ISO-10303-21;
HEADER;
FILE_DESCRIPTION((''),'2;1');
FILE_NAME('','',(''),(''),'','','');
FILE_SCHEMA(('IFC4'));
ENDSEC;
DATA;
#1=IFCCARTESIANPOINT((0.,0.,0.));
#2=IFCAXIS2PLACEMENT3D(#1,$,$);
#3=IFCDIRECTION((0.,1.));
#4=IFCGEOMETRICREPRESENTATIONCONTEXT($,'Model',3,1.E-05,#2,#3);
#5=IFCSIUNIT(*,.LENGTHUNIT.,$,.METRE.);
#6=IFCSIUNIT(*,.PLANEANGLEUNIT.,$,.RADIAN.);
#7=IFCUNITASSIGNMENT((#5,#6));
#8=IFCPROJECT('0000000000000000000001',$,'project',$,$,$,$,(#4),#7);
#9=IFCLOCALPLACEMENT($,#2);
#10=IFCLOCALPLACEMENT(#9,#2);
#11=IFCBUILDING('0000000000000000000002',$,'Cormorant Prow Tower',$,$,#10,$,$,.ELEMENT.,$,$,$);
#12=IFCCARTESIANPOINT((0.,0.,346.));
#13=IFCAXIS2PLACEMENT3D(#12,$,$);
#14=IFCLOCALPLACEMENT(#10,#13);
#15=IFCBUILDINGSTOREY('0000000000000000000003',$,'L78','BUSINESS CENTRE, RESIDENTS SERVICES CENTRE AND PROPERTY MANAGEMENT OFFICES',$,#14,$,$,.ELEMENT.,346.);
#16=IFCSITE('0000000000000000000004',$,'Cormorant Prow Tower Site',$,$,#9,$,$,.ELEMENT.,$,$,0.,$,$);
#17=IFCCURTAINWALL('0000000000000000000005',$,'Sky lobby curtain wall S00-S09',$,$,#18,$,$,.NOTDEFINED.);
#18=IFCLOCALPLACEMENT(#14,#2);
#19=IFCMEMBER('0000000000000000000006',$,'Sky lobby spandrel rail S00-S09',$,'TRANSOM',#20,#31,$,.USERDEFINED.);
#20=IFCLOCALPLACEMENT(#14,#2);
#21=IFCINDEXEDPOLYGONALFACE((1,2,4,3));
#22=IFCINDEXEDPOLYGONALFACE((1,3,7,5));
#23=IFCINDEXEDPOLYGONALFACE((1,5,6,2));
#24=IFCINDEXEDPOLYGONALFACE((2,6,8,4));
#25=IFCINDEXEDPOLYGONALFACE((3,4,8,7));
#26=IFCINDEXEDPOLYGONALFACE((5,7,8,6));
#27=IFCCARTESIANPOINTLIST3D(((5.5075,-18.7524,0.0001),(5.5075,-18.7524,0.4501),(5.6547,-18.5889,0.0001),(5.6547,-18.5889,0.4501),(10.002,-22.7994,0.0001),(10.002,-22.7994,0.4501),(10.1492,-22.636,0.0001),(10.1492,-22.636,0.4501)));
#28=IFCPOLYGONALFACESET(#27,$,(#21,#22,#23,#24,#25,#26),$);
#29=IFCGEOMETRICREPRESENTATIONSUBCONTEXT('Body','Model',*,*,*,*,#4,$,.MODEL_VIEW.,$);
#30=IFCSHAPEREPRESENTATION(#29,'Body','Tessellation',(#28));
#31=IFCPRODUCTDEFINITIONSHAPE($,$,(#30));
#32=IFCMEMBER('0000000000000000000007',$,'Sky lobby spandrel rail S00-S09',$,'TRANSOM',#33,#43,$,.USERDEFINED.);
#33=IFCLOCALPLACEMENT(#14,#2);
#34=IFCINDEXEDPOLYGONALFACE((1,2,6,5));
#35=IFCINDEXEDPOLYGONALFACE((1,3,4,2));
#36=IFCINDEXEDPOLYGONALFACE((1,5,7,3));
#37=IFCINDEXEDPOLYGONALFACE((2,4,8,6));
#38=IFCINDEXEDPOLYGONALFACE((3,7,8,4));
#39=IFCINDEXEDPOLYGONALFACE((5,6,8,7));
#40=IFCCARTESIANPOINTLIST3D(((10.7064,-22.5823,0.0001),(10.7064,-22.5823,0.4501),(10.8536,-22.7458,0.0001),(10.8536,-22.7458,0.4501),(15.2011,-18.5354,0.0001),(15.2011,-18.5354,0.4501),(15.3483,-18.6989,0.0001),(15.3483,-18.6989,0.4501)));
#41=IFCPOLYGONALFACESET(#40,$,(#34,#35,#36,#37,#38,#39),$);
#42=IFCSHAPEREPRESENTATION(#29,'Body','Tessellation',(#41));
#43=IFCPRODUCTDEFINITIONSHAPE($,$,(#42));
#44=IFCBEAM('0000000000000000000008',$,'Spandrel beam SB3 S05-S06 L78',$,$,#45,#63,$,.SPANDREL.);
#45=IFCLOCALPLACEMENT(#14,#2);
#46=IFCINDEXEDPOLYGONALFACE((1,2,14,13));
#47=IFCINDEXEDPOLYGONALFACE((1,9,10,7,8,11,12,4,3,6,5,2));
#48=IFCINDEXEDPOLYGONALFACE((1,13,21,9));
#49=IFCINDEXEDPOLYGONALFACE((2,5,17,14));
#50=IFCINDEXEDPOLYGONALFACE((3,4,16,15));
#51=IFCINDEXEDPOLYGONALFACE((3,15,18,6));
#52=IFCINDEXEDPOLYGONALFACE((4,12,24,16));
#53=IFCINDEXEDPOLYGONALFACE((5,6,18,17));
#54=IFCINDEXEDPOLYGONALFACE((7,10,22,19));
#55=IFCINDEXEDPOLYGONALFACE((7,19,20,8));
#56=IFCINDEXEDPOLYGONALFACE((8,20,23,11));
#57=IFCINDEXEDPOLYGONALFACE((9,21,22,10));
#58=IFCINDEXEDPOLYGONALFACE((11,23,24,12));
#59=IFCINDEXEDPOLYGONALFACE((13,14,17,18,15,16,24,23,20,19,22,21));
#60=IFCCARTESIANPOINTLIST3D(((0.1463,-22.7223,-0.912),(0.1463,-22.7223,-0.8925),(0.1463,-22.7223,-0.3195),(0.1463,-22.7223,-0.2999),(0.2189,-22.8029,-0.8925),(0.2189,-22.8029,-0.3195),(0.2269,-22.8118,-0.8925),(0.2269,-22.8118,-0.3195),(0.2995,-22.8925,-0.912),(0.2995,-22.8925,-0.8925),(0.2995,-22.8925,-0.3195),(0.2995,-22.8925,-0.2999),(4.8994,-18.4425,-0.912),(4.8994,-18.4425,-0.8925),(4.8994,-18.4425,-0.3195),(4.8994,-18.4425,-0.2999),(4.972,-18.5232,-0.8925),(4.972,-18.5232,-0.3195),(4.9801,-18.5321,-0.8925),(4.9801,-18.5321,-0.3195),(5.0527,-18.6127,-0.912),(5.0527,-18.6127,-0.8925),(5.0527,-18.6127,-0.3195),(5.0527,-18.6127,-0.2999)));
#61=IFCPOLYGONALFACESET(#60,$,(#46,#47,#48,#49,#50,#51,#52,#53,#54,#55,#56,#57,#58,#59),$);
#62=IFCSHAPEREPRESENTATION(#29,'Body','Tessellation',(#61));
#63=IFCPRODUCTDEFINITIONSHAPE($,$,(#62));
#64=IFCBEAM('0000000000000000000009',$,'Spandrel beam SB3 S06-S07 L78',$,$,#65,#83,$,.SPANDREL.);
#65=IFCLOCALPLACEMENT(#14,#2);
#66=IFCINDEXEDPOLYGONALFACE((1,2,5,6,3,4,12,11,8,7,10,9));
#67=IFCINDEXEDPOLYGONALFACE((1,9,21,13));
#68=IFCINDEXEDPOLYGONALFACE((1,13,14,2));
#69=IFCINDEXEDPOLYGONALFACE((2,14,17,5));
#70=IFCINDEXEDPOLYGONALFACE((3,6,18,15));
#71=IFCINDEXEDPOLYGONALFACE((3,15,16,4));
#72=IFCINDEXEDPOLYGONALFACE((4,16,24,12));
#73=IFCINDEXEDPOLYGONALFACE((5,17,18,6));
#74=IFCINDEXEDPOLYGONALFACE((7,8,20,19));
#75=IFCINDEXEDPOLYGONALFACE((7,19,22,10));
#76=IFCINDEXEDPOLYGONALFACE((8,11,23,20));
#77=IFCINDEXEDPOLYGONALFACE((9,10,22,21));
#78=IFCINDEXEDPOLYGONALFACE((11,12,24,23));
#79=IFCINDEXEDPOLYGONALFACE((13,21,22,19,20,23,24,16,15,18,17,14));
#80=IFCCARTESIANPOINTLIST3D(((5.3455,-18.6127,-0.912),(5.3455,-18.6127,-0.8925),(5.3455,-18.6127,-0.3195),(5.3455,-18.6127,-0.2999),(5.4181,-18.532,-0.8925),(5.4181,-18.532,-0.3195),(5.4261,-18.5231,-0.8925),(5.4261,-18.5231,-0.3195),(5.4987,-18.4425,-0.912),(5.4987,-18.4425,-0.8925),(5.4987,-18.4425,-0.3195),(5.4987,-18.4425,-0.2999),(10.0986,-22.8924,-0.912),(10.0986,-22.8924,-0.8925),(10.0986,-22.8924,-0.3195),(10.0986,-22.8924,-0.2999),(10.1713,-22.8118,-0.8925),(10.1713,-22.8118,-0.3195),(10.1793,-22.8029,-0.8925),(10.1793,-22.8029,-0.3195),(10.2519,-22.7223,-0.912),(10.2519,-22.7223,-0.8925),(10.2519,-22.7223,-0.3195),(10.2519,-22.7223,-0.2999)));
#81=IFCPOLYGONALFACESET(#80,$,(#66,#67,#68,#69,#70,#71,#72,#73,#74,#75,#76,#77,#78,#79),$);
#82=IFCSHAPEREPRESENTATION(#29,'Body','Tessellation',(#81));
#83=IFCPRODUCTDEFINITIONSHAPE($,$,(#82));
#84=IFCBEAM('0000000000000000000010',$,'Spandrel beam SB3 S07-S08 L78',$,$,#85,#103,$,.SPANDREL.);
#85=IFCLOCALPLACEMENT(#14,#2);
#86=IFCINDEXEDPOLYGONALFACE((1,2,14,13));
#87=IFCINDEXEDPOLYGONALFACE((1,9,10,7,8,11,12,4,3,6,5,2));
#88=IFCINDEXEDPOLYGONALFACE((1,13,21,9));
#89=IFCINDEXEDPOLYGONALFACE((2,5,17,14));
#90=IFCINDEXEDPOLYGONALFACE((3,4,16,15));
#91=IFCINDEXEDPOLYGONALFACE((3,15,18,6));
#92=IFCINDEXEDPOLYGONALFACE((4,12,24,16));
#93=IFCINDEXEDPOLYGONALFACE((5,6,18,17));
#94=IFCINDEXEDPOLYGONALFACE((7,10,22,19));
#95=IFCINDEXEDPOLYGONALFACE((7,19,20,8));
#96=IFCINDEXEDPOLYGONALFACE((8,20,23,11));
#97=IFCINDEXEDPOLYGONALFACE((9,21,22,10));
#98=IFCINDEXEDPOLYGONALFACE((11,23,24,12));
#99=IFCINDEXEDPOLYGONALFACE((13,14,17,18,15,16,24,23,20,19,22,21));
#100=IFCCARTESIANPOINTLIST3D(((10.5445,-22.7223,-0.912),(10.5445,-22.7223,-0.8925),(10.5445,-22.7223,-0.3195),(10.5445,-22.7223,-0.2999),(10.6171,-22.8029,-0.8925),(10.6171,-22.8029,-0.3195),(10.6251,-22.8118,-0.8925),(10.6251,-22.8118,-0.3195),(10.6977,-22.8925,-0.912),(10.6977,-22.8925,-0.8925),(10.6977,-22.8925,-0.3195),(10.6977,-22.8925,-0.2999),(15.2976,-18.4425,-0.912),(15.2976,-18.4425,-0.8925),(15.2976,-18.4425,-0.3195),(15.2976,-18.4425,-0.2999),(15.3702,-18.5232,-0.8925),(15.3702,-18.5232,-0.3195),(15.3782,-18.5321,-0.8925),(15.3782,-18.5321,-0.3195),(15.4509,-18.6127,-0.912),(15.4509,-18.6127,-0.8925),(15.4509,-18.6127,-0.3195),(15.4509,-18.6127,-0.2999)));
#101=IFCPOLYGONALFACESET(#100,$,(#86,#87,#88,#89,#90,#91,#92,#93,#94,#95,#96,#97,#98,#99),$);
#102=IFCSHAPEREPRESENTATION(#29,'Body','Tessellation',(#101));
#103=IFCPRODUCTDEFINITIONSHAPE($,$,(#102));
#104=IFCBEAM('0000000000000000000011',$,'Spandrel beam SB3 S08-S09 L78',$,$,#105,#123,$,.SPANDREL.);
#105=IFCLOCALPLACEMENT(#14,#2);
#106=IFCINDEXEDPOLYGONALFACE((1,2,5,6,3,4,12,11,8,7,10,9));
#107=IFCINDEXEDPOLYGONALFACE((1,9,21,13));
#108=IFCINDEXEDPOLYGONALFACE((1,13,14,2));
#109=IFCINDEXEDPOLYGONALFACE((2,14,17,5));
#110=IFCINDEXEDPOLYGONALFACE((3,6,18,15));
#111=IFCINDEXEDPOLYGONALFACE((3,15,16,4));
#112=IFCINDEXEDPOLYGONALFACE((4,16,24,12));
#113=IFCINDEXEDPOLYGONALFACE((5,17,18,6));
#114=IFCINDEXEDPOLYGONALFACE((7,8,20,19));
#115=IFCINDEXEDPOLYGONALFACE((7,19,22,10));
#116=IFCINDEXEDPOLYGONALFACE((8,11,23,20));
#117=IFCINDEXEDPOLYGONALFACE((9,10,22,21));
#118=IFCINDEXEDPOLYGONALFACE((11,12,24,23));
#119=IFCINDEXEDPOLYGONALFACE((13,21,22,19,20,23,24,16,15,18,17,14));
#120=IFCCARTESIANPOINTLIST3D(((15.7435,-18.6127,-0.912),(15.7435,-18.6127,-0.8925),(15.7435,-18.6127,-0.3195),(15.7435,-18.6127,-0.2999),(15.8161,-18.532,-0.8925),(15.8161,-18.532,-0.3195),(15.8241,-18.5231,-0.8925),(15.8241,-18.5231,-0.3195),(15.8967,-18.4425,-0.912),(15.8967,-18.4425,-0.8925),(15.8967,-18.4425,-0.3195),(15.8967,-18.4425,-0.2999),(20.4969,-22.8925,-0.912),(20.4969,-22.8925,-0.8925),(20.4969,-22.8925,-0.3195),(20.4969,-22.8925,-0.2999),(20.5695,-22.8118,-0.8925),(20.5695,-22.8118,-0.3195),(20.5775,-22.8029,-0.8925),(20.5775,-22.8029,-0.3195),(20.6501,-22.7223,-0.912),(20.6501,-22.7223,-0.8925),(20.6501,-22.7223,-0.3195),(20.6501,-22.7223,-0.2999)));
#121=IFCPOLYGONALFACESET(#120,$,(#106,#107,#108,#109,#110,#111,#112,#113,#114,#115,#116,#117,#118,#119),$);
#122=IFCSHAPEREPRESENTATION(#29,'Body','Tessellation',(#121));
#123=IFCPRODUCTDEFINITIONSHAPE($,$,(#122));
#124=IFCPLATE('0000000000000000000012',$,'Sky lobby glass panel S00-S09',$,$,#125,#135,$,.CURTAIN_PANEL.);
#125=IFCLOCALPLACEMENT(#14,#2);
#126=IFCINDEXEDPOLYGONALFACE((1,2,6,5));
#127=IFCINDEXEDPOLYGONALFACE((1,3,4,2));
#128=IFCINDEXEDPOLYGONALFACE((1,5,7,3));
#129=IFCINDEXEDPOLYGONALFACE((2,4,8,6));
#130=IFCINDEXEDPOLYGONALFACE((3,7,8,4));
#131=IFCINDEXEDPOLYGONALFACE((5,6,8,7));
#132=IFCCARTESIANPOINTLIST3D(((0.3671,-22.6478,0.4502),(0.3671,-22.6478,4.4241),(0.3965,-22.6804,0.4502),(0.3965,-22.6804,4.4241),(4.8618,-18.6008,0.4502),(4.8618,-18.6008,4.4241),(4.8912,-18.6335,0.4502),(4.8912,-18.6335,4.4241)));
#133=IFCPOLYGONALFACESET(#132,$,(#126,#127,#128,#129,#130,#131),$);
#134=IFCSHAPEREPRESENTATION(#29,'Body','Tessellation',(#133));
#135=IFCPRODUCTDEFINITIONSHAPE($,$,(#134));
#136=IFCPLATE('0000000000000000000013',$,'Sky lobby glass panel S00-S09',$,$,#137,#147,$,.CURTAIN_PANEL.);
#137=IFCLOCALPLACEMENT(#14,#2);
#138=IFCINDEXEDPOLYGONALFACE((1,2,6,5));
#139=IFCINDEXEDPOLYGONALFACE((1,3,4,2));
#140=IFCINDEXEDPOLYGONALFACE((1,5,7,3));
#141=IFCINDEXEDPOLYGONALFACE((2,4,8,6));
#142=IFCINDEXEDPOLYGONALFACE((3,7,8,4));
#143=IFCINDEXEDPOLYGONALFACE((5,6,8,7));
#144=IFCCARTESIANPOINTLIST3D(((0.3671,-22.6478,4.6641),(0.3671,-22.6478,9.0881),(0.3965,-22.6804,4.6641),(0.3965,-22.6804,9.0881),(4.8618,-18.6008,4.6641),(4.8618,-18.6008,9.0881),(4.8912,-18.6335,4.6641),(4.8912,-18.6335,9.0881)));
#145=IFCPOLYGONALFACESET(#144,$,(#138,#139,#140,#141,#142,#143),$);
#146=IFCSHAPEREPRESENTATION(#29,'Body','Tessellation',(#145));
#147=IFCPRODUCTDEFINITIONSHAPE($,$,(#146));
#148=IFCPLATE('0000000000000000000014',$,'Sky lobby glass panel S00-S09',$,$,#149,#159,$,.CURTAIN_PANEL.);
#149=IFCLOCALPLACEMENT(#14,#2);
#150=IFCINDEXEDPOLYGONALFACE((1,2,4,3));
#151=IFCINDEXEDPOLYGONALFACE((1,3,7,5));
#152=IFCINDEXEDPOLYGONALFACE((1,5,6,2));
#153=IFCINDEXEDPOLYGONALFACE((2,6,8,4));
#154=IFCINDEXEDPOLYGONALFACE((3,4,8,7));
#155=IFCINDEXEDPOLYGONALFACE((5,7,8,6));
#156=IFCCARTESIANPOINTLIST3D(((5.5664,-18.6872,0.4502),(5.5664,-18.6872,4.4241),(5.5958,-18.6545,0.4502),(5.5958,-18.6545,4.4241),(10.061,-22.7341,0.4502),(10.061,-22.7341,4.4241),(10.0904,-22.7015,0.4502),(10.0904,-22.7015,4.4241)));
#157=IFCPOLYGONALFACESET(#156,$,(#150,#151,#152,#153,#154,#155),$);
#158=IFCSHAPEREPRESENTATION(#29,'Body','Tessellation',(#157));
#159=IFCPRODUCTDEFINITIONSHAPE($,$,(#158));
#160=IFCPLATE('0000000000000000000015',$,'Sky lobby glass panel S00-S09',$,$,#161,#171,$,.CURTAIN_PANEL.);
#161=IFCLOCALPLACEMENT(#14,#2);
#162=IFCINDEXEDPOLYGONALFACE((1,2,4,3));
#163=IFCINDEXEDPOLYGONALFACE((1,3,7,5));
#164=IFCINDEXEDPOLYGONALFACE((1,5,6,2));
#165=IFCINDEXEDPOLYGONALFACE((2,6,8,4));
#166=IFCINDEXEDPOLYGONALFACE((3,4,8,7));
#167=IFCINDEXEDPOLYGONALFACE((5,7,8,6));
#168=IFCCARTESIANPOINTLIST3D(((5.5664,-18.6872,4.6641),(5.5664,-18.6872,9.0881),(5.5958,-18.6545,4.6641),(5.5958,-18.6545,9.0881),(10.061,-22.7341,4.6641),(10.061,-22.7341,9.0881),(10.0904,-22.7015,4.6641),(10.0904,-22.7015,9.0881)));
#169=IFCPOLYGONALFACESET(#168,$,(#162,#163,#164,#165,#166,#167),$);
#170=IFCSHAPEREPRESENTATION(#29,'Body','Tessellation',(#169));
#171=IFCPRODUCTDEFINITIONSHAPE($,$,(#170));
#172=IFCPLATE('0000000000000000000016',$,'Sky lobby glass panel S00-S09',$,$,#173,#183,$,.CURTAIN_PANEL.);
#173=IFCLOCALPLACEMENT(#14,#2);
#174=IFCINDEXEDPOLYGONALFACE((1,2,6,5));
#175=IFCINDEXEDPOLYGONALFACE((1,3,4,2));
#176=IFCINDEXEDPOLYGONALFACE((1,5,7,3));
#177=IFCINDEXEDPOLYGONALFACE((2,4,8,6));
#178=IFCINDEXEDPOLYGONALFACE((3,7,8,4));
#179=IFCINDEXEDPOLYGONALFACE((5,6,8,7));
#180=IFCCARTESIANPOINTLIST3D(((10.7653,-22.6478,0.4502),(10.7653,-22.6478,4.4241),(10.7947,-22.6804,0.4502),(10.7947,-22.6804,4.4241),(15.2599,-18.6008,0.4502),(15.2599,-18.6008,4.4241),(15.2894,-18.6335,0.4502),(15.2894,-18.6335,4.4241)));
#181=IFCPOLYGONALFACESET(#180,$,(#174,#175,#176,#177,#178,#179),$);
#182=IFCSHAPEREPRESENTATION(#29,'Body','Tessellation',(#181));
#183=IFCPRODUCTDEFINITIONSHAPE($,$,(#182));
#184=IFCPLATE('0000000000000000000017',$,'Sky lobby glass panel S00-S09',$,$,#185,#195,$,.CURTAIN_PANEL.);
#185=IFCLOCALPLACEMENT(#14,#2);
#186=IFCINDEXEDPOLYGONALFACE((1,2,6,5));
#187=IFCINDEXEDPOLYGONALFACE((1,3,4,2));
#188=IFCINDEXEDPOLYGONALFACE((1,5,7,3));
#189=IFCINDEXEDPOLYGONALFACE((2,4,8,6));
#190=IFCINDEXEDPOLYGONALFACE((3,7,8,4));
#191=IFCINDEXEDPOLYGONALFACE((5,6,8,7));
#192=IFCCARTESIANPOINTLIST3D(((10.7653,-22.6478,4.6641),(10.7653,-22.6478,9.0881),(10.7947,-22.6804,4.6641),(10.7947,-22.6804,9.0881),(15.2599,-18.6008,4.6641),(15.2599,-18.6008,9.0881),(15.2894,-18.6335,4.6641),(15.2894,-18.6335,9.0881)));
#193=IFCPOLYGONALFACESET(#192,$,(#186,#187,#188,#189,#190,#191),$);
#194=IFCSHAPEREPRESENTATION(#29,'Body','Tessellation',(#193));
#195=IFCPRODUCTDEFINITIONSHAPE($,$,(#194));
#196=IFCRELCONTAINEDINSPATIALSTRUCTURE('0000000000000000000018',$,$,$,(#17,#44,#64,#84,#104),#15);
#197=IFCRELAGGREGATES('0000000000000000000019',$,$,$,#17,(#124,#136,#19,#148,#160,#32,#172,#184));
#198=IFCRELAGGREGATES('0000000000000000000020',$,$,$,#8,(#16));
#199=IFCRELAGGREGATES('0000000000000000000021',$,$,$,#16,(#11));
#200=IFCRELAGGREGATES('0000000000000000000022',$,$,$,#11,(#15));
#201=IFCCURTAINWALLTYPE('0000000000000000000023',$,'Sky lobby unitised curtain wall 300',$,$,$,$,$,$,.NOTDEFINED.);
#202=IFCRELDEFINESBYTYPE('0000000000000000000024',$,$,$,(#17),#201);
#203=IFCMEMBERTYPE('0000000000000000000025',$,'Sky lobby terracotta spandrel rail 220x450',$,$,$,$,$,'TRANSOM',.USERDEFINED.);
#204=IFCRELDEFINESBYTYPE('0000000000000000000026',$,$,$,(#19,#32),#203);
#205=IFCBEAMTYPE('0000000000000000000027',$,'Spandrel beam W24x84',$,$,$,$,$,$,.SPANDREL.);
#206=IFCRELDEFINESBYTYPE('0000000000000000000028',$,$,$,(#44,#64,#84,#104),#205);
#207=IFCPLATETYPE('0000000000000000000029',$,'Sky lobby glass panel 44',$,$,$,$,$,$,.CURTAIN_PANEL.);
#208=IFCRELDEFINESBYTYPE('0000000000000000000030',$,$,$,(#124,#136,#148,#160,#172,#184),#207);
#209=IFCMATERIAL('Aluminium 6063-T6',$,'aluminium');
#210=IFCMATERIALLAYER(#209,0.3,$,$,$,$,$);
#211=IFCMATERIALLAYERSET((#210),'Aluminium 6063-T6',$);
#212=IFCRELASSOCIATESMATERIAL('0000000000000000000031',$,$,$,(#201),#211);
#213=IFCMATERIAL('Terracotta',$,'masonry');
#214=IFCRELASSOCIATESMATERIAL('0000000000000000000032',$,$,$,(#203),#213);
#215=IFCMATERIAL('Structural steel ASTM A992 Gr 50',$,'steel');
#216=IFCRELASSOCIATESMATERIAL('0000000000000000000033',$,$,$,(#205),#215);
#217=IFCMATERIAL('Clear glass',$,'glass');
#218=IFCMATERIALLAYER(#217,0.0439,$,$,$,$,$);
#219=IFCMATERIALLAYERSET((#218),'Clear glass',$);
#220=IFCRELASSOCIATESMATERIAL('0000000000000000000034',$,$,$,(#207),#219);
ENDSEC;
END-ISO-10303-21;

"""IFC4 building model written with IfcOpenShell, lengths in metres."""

from ifc_helpers import new_model, si_unit, direction, frame, origin, origin_2d, place, context, subcontext, project, spatial, rectangle, i_section, extrude, material, layer, layer_set, material_profile, profile_set, type_object, element, aggregate, save


model = new_model("IFC4")

# Units and contexts
model_context = context("Model", 3, precision=1e-05, world=origin(), true_north=direction((0.0, 1.0)))
body_context = subcontext(model_context, "Body", "Model", "MODEL_VIEW")
ifc_project = project(units=[si_unit("LENGTHUNIT", "METRE"), si_unit("PLANEANGLEUNIT", "RADIAN")], contexts=[model_context])

# Site, building, storey
site_placement = place(None, origin())
site = spatial("IfcSite", under=ifc_project, at=site_placement, Name="Cormorant Prow Tower Site", CompositionType="ELEMENT", RefElevation=0.0)
building_placement = place(site_placement, origin())
building = spatial("IfcBuilding", under=site, at=building_placement, Name="Cormorant Prow Tower", CompositionType="ELEMENT")
storey_placement = place(building_placement, frame((0.0, 0.0, 346.0)))
storey = spatial("IfcBuildingStorey", under=building, at=storey_placement, Name="L78", Description="BUSINESS CENTRE, RESIDENTS SERVICES CENTRE AND PROPERTY MANAGEMENT OFFICES", CompositionType="ELEMENT", Elevation=346.0)

# Curtain wall, members
ifc_material_1 = material(Name="Aluminium 6063-T6", Category="aluminium")
ifc_layer_1 = layer(ifc_material_1, 0.3)
ifc_layer_set_1 = layer_set([ifc_layer_1], Name="Aluminium 6063-T6")
curtain_wall_type = type_object("IfcCurtainWallType", Name="Sky lobby unitised curtain wall 300", PredefinedType="NOTDEFINED", material=ifc_layer_set_1)
curtain_wall_placement = place(storey_placement, origin())
curtain_wall = element("IfcCurtainWall", 1, at=curtain_wall_placement, inside=storey, type_object=curtain_wall_type, Name="Sky lobby curtain wall S00-S09", PredefinedType="NOTDEFINED")
ifc_material_2 = material(Name="Terracotta", Category="masonry")
ifc_material_profile_1 = material_profile(ifc_material_2, rectangle(XDim=0.22, YDim=0.45, at=origin_2d()), Name="Sky lobby terracotta spandrel rail 220x450")
ifc_profile_set_1 = profile_set([ifc_material_profile_1], Name="Terracotta")
member_type_1 = type_object("IfcMemberType", Name="Sky lobby terracotta spandrel rail 220x450", ElementType="TRANSOM", PredefinedType="USERDEFINED", material=ifc_profile_set_1)
member_1_placement = place(storey_placement, frame((5.5811, -18.6707, 0.2251), z_axis=(0.743134, -0.669143, 0.0), x_axis=(0.669143, 0.743134, 0.0)))
member_1 = element("IfcMember", 2, at=member_1_placement, type_object=member_type_1, Name="Sky lobby spandrel rail S00-S09", ObjectType="TRANSOM", PredefinedType="USERDEFINED", context=body_context, shape_type="SweptSolid", body=[
    extrude(rectangle(XDim=0.22, YDim=0.45, at=origin_2d()), origin(), (0.0, 0.0, 1.0), 6.0481),
])
member_2_placement = place(storey_placement, frame((10.78, -22.6641, 0.2251), z_axis=(0.743154, 0.669121, 0.0), x_axis=(-0.669121, 0.743154, 0.0)))
member_2 = element("IfcMember", 3, at=member_2_placement, type_object=member_type_1, Name="Sky lobby spandrel rail S00-S09", ObjectType="TRANSOM", PredefinedType="USERDEFINED", context=body_context, shape_type="SweptSolid", body=[
    extrude(rectangle(XDim=0.22, YDim=0.45, at=origin_2d()), origin(), (0.0, 0.0, 1.0), 6.0481),
])

# Beams
ifc_material_3 = material(Name="Structural steel ASTM A992 Gr 50", Category="steel")
ifc_material_profile_2 = material_profile(ifc_material_3, i_section(OverallWidth=0.229, OverallDepth=0.6121, WebThickness=0.012, FlangeThickness=0.0195, at=origin_2d()), Name="W24x84")
ifc_profile_set_2 = profile_set([ifc_material_profile_2], Name="Structural steel ASTM A992 Gr 50")
beam_type_1 = type_object("IfcBeamType", Name="Spandrel beam W24x84", PredefinedType="SPANDREL", material=ifc_profile_set_2)
for number, where, z_axis, x_axis, name in (
    (4, (0.2229, -22.8074, -0.606), (0.743144, 0.669131, 0.0), (-0.669131, 0.743144, 0.0), "Spandrel beam SB3 S05-S06 L78"),
    (5, (5.4221, -18.5276, -0.606), (0.743144, -0.669131, 0.0), (0.669131, 0.743144, 0.0), "Spandrel beam SB3 S06-S07 L78"),
    (6, (10.6211, -22.8074, -0.606), (0.743144, 0.669131, 0.0), (-0.669131, 0.743144, 0.0), "Spandrel beam SB3 S07-S08 L78"),
):
    element("IfcBeam", number, at=place(storey_placement, frame(where, z_axis=z_axis, x_axis=x_axis)), inside=storey, type_object=beam_type_1, Name=name, PredefinedType="SPANDREL", context=body_context, shape_type="SweptSolid", body=[
        extrude(i_section(OverallWidth=0.229, OverallDepth=0.6121, WebThickness=0.012, FlangeThickness=0.0195, at=origin_2d()), origin(), (0.0, 0.0, 1.0), 6.396),
    ])
beam_1_placement = place(storey_placement, frame((15.8201, -18.5276, -0.606), z_axis=(0.743161, -0.669112, 0.0), x_axis=(0.669112, 0.743161, 0.0)))
element("IfcBeam", 7, at=beam_1_placement, inside=storey, type_object=beam_type_1, Name="Spandrel beam SB3 S08-S09 L78", PredefinedType="SPANDREL", context=body_context, shape_type="SweptSolid", body=[
    extrude(i_section(OverallWidth=0.229, OverallDepth=0.6121, WebThickness=0.012, FlangeThickness=0.0195, at=origin_2d()), origin(), (0.0, 0.0, 1.0), 6.3962),
])

# Plates
ifc_material_4 = material(Name="Clear glass", Category="glass")
ifc_layer_2 = layer(ifc_material_4, 0.0439)
ifc_layer_set_2 = layer_set([ifc_layer_2], Name="Clear glass")
plate_type = type_object("IfcPlateType", Name="Sky lobby glass panel 44", PredefinedType="CURTAIN_PANEL", material=ifc_layer_set_2)
plate_1_placement = place(storey_placement, frame((2.6292, -20.6406, 0.4502), z_axis=(0.0, 0.0, 1.0), x_axis=(0.743145, 0.669131, 0.0)))
plate_1 = element("IfcPlate", 8, at=plate_1_placement, type_object=plate_type, Name="Sky lobby glass panel S00-S09", PredefinedType="CURTAIN_PANEL", context=body_context, shape_type="SweptSolid", body=[
    extrude(rectangle(XDim=6.0481, YDim=0.0439, at=origin_2d()), origin(), (0.0, 0.0, 1.0), 3.9739),
])
plate_2_placement = place(storey_placement, frame((2.6292, -20.6406, 4.6641), z_axis=(0.0, 0.0, 1.0), x_axis=(0.743145, 0.669131, 0.0)))
plate_2 = element("IfcPlate", 9, at=plate_2_placement, type_object=plate_type, Name="Sky lobby glass panel S00-S09", PredefinedType="CURTAIN_PANEL", context=body_context, shape_type="SweptSolid", body=[
    extrude(rectangle(XDim=6.0481, YDim=0.0439, at=origin_2d()), origin(), (0.0, 0.0, 1.0), 4.4241),
])
plate_3_placement = place(storey_placement, frame((7.8284, -20.6943, 0.4502), z_axis=(0.0, 0.0, 1.0), x_axis=(0.743145, -0.669131, 0.0)))
plate_3 = element("IfcPlate", 10, at=plate_3_placement, type_object=plate_type, Name="Sky lobby glass panel S00-S09", PredefinedType="CURTAIN_PANEL", context=body_context, shape_type="SweptSolid", body=[
    extrude(rectangle(XDim=6.0481, YDim=0.0439, at=origin_2d()), origin(), (0.0, 0.0, 1.0), 3.9739),
])
plate_4_placement = place(storey_placement, frame((7.8284, -20.6943, 4.6641), z_axis=(0.0, 0.0, 1.0), x_axis=(0.743145, -0.669131, 0.0)))
plate_4 = element("IfcPlate", 11, at=plate_4_placement, type_object=plate_type, Name="Sky lobby glass panel S00-S09", PredefinedType="CURTAIN_PANEL", context=body_context, shape_type="SweptSolid", body=[
    extrude(rectangle(XDim=6.0481, YDim=0.0439, at=origin_2d()), origin(), (0.0, 0.0, 1.0), 4.4241),
])
plate_5_placement = place(storey_placement, frame((13.0273, -20.6406, 0.4502), z_axis=(0.0, 0.0, 1.0), x_axis=(0.743145, 0.669131, 0.0)))
plate_5 = element("IfcPlate", 12, at=plate_5_placement, type_object=plate_type, Name="Sky lobby glass panel S00-S09", PredefinedType="CURTAIN_PANEL", context=body_context, shape_type="SweptSolid", body=[
    extrude(rectangle(XDim=6.0481, YDim=0.0439, at=origin_2d()), origin(), (0.0, 0.0, 1.0), 3.9739),
])
plate_6_placement = place(storey_placement, frame((13.0273, -20.6406, 4.6641), z_axis=(0.0, 0.0, 1.0), x_axis=(0.743145, 0.669131, 0.0)))
plate_6 = element("IfcPlate", 13, at=plate_6_placement, type_object=plate_type, Name="Sky lobby glass panel S00-S09", PredefinedType="CURTAIN_PANEL", context=body_context, shape_type="SweptSolid", body=[
    extrude(rectangle(XDim=6.0481, YDim=0.0439, at=origin_2d()), origin(), (0.0, 0.0, 1.0), 4.4241),
])
aggregate(curtain_wall, [plate_1, plate_2, member_1, plate_3, plate_4, member_2, plate_5, plate_6])

save(model, "model.ifc")
